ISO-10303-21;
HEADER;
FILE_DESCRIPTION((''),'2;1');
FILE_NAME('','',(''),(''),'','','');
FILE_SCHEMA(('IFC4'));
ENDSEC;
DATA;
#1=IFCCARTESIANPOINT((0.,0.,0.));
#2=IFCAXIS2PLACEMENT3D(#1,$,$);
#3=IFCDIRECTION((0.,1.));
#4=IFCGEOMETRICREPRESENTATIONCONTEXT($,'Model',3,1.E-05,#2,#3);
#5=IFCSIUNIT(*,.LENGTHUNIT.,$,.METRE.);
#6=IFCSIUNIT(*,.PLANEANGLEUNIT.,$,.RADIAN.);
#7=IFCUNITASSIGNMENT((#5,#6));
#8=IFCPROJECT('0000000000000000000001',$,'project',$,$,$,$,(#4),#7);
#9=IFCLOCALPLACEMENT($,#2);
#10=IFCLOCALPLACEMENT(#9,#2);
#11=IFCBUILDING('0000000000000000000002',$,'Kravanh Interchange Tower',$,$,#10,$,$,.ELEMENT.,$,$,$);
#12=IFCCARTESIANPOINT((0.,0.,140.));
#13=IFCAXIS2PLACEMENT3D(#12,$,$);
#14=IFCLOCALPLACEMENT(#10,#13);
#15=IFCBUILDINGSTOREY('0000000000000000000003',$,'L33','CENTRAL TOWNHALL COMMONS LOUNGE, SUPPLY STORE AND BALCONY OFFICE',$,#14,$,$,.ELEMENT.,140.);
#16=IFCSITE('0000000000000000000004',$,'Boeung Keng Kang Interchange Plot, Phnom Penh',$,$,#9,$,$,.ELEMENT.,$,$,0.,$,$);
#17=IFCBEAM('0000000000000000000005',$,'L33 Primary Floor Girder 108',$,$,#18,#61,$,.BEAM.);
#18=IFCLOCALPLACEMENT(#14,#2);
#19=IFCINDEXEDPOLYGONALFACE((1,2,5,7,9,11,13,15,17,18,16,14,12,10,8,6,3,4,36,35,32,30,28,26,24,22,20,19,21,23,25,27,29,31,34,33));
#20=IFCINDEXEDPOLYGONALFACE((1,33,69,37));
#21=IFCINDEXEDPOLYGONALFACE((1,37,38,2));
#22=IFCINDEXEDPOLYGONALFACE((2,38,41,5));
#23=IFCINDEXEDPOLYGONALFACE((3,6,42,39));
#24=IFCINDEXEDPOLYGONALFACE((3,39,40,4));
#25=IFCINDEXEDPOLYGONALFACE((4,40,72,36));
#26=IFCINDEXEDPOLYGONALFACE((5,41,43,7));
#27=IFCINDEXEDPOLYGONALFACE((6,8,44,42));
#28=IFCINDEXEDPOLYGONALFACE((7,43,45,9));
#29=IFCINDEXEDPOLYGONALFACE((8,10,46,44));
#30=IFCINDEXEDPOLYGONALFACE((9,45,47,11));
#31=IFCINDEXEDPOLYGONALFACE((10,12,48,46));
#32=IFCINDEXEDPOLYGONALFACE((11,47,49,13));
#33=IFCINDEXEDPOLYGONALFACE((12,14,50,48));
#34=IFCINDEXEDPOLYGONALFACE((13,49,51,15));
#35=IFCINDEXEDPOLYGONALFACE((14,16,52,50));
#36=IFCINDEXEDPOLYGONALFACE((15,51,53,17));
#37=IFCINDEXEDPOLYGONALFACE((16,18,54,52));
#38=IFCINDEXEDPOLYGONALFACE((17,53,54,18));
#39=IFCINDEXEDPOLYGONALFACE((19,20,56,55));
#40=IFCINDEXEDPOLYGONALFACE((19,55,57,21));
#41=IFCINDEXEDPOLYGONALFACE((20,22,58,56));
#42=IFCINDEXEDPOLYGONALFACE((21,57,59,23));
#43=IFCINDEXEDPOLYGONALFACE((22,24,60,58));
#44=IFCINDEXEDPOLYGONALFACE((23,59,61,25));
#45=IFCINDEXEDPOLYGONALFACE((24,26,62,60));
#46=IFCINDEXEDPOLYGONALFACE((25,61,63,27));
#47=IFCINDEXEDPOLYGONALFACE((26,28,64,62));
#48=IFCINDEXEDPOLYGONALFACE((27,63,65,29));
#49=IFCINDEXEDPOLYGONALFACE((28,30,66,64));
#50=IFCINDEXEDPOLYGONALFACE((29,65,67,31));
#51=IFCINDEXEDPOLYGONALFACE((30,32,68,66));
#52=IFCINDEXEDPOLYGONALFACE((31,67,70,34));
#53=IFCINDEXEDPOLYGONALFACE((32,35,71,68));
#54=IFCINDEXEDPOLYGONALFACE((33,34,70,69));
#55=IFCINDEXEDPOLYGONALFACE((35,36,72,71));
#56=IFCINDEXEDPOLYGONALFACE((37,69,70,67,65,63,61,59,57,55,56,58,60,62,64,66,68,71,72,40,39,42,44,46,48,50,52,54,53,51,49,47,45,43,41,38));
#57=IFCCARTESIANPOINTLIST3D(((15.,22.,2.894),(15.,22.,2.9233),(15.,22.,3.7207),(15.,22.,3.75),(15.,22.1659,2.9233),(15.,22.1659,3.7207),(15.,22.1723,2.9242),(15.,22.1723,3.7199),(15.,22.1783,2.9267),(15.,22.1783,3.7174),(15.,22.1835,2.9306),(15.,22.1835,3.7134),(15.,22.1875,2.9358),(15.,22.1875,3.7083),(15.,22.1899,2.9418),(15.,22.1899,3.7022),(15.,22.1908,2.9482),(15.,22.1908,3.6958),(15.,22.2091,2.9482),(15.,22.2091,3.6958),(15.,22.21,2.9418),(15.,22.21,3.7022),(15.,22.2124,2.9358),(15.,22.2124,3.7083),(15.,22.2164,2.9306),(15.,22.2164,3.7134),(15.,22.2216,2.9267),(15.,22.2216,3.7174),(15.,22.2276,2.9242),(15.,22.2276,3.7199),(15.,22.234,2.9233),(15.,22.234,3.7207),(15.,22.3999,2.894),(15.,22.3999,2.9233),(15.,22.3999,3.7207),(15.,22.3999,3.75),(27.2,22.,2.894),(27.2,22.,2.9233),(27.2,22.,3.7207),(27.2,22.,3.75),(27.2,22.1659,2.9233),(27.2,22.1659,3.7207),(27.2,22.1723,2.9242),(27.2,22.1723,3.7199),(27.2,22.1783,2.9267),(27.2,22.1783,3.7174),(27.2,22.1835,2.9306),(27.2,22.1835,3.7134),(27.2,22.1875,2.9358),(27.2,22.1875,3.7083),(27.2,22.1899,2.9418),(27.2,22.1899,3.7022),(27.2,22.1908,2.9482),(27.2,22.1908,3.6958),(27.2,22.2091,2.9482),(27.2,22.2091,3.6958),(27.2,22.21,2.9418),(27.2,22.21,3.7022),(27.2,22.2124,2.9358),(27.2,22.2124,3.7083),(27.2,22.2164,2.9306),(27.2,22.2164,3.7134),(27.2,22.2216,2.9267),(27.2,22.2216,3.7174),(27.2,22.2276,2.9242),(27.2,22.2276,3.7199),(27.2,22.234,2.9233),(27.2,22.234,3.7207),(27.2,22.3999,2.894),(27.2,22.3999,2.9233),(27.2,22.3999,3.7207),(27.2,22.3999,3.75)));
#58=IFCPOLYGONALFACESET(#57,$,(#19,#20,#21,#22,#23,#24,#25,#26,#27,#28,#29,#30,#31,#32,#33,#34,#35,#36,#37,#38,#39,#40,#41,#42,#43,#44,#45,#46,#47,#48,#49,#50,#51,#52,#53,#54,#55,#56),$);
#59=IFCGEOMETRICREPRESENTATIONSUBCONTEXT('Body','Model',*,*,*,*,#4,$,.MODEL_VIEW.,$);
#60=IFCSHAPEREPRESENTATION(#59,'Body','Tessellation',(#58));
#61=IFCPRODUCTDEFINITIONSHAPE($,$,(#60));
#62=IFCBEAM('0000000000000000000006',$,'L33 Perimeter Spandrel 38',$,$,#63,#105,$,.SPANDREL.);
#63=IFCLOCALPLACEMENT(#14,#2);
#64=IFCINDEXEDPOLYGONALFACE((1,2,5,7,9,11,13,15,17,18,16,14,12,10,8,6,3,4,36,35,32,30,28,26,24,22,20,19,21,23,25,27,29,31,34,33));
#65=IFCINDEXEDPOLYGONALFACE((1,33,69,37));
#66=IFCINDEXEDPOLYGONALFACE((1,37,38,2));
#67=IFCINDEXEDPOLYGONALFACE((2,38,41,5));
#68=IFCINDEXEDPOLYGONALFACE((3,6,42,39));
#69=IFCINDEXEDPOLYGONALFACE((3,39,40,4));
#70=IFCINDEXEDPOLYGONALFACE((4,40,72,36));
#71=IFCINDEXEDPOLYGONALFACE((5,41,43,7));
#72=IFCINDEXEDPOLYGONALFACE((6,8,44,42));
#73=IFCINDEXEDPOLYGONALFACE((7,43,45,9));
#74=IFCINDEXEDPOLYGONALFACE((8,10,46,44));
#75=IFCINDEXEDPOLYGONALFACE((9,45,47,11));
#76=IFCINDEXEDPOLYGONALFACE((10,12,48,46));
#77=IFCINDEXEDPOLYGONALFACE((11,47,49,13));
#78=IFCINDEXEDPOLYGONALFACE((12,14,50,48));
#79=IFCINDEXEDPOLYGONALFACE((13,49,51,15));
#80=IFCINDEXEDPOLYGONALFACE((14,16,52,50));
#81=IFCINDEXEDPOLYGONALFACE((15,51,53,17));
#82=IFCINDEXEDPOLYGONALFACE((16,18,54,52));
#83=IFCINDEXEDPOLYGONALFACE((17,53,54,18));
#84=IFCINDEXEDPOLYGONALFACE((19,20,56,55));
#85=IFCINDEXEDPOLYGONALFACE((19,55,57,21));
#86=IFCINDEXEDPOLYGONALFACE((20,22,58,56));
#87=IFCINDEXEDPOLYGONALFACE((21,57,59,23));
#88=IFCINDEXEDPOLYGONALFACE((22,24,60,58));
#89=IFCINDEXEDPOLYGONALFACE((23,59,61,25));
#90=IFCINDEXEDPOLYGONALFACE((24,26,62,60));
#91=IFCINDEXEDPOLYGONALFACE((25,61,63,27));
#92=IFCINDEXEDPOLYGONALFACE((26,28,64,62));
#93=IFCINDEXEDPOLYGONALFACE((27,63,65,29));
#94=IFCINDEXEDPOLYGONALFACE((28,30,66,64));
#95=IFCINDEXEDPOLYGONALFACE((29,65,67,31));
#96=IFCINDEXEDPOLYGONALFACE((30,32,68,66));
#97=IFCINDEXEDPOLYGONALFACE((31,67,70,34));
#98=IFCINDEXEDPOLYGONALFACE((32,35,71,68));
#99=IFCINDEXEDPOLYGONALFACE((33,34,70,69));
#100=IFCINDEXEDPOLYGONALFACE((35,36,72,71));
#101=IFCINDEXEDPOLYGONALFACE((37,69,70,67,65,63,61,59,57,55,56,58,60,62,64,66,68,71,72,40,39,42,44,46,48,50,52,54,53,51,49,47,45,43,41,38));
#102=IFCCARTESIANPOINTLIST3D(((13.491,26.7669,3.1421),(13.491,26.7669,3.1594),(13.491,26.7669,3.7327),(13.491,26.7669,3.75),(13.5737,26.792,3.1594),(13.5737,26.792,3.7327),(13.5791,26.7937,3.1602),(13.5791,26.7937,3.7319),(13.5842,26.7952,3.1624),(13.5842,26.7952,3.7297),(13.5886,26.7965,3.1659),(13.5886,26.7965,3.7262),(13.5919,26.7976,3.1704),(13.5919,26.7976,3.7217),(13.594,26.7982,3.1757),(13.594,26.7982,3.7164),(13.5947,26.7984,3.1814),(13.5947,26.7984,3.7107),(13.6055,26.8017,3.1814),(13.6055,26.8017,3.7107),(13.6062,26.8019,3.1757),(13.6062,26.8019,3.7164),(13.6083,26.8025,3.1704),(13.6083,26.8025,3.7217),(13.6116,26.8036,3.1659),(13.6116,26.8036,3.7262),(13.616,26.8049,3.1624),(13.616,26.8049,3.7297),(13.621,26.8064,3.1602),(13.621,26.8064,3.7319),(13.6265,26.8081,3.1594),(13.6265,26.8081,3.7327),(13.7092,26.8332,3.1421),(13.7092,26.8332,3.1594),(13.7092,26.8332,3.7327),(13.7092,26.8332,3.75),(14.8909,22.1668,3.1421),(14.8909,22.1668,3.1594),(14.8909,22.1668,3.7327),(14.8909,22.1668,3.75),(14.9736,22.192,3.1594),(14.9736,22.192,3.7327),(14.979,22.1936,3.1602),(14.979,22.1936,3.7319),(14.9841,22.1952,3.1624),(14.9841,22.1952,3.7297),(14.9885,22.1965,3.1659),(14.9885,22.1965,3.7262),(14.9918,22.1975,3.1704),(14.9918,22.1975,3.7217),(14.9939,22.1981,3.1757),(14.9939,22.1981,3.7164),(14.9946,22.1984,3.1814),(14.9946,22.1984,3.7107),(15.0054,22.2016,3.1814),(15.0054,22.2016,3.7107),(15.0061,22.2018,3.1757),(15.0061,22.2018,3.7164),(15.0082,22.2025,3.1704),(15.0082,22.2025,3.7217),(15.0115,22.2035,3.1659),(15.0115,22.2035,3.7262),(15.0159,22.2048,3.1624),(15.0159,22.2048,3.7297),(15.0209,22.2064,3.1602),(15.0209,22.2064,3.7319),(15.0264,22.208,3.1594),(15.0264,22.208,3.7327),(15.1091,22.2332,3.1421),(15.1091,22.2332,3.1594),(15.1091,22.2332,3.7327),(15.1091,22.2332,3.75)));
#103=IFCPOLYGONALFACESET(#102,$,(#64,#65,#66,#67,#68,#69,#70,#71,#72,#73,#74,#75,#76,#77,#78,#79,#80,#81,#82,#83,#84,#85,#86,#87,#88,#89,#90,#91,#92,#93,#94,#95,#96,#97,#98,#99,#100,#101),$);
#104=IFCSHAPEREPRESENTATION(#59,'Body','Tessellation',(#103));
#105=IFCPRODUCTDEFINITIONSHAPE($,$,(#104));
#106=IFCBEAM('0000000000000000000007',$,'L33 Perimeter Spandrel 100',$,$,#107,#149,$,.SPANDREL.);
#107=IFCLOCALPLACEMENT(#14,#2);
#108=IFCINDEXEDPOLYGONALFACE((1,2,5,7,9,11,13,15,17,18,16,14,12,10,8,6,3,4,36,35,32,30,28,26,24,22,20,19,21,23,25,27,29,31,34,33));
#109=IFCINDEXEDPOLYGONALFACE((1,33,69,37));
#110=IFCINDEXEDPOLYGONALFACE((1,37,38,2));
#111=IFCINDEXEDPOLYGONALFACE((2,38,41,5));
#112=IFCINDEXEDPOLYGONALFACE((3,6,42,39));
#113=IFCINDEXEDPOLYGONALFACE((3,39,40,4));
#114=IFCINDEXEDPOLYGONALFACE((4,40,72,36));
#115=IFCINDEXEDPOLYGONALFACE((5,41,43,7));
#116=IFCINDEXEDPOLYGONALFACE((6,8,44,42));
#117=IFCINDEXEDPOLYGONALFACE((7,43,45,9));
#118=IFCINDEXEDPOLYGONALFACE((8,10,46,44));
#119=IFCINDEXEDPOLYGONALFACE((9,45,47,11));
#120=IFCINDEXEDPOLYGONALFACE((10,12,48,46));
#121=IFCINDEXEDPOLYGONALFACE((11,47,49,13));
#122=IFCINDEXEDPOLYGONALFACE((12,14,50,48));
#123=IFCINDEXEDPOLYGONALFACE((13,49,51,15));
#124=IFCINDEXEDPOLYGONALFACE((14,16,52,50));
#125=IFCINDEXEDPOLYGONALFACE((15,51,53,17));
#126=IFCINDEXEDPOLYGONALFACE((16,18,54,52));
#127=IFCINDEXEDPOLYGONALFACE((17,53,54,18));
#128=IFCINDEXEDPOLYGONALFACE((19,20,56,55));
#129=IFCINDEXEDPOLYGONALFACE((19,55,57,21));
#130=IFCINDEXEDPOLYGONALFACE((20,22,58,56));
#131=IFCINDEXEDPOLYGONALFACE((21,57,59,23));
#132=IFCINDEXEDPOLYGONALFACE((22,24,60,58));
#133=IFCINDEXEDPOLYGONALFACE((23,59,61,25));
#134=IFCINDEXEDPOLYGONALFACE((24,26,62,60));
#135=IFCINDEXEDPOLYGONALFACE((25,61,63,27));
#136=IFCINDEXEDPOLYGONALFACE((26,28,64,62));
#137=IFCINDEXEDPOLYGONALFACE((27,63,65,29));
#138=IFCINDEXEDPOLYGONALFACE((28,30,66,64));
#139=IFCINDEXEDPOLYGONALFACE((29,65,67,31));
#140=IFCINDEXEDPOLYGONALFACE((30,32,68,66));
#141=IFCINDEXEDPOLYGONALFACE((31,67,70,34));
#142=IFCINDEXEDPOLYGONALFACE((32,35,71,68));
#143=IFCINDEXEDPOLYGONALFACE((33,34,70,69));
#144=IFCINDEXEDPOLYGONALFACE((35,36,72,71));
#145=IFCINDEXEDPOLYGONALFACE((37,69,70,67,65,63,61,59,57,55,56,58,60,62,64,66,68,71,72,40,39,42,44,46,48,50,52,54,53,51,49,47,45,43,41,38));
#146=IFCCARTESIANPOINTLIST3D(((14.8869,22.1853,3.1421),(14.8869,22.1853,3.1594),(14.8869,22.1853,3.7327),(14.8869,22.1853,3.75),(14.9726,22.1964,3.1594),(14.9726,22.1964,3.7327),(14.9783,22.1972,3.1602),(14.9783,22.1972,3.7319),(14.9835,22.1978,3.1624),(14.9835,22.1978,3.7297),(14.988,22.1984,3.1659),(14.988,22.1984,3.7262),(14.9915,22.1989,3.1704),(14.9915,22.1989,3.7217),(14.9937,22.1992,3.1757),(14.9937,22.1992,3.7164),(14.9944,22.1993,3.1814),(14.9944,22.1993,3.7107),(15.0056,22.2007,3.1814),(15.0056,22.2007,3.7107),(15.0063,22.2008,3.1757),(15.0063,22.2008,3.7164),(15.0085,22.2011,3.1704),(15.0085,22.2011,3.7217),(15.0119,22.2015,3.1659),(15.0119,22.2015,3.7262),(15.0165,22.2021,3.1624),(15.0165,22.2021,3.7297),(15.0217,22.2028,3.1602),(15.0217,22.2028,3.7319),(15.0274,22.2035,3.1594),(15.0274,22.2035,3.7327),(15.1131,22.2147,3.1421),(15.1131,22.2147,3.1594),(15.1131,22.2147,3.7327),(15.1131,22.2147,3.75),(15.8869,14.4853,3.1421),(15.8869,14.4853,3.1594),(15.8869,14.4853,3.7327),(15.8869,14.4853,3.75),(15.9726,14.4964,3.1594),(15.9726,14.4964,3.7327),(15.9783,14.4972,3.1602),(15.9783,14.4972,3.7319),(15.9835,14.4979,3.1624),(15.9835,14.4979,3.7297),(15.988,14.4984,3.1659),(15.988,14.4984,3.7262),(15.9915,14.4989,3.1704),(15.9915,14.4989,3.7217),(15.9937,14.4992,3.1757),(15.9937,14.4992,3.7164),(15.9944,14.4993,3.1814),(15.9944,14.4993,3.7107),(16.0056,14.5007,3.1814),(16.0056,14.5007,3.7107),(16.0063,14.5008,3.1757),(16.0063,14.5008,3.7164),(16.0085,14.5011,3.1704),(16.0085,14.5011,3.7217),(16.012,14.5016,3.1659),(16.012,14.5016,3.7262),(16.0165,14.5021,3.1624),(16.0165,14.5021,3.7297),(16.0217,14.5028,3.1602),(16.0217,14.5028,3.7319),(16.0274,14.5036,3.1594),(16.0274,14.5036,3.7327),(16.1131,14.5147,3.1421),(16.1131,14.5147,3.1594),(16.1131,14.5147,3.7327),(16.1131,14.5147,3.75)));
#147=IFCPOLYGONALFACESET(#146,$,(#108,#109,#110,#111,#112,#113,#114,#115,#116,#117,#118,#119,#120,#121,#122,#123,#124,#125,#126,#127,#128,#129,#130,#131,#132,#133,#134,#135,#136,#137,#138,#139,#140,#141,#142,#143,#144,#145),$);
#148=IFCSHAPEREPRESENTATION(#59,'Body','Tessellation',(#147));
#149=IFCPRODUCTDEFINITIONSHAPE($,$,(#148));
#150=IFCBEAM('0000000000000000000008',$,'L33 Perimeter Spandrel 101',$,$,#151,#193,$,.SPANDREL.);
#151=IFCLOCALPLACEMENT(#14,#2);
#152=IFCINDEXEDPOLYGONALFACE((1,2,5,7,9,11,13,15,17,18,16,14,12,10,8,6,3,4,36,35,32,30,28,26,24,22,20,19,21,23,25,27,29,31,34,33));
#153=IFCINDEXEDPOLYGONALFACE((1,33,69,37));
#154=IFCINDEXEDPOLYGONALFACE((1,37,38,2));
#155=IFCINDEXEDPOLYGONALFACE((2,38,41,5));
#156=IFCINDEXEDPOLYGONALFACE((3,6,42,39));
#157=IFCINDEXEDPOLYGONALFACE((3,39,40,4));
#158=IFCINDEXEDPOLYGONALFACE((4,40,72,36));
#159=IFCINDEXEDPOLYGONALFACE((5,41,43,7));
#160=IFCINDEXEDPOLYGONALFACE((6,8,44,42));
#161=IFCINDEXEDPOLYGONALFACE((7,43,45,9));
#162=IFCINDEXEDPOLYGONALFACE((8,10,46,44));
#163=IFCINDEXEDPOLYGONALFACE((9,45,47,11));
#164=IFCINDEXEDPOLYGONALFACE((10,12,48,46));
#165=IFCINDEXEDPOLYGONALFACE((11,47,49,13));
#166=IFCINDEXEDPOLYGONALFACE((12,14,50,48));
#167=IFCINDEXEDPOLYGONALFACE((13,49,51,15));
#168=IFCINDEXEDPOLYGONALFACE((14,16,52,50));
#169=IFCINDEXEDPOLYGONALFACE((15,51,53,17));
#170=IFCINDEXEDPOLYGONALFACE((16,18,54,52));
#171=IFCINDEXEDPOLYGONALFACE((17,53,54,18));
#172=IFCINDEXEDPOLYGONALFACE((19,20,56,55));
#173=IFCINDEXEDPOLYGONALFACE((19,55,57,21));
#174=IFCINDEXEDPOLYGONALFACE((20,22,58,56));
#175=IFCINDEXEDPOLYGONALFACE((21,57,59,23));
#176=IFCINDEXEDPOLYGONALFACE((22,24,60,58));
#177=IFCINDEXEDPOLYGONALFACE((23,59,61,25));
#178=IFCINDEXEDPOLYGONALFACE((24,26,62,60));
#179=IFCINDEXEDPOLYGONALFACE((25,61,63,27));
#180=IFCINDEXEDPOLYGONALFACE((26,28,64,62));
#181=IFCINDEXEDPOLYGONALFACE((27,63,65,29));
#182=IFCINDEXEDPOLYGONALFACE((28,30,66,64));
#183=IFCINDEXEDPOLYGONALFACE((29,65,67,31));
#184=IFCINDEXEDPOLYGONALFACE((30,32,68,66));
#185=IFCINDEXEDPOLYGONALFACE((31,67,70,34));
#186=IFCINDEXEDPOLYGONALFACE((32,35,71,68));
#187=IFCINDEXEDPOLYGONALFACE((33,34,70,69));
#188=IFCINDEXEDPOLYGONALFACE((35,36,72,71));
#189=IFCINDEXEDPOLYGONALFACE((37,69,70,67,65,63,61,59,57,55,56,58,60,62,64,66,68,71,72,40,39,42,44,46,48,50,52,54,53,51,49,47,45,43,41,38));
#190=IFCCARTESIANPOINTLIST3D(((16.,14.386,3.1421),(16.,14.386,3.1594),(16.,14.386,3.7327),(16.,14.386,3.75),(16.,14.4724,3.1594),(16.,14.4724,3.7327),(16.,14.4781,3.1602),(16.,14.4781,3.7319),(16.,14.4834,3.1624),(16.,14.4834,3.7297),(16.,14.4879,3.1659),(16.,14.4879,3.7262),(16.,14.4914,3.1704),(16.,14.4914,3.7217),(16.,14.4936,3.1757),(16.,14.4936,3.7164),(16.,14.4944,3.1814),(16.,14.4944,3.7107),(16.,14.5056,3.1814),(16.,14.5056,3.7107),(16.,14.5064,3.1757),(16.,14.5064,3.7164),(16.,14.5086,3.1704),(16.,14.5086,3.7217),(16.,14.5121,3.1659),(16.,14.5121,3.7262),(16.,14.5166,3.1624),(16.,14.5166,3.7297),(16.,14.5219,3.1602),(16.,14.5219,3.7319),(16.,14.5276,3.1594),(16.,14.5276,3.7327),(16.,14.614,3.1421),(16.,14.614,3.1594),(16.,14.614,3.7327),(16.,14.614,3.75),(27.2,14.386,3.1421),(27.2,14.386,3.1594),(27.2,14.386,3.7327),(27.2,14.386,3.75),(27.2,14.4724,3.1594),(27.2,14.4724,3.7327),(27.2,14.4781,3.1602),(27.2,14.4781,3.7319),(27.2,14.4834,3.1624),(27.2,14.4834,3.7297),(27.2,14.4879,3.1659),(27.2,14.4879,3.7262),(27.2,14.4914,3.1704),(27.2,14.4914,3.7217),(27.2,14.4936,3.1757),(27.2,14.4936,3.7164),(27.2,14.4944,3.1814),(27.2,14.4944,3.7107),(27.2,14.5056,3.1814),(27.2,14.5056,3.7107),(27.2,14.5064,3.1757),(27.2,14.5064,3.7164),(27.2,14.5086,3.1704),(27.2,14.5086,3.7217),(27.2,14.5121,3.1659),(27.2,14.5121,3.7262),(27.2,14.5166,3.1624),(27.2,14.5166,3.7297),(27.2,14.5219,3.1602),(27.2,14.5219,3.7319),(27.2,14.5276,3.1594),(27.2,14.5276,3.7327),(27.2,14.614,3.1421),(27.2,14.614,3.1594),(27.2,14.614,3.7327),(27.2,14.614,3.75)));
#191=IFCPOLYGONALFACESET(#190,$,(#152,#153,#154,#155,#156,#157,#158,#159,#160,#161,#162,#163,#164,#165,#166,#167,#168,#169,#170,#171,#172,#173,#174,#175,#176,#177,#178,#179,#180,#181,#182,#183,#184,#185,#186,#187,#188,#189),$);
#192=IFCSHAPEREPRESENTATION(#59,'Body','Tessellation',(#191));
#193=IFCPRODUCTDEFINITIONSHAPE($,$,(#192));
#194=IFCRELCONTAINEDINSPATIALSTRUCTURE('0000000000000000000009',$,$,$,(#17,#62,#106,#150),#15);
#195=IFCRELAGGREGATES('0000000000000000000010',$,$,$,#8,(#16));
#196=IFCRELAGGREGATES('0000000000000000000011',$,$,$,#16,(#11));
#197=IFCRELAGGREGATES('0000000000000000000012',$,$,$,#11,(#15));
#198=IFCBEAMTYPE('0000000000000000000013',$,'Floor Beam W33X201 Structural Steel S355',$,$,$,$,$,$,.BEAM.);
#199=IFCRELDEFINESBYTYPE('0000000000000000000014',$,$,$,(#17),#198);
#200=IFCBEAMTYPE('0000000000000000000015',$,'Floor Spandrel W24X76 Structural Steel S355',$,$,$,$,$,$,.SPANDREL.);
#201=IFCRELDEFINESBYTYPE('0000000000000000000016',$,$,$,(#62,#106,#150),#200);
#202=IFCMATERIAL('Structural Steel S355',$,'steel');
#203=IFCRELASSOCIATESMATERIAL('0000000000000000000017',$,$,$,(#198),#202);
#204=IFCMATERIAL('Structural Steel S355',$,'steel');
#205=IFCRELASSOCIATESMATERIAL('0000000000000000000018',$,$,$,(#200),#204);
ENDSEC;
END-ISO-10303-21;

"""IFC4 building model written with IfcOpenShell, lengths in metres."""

from ifc_helpers import new_model, si_unit, direction, frame, origin, origin_2d, place, context, subcontext, project, spatial, i_section, extrude, material, material_profile, profile_set, type_object, element, save


model = new_model("IFC4")

# Units and contexts
model_context = context("Model", 3, precision=1e-05, world=origin(), true_north=direction((0.0, 1.0)))
body_context = subcontext(model_context, "Body", "Model", "MODEL_VIEW")
ifc_project = project(units=[si_unit("LENGTHUNIT", "METRE"), si_unit("PLANEANGLEUNIT", "RADIAN")], contexts=[model_context])

# Site, building, storey
site_placement = place(None, origin())
site = spatial("IfcSite", under=ifc_project, at=site_placement, Name="Boeung Keng Kang Interchange Plot, Phnom Penh", CompositionType="ELEMENT", RefElevation=0.0)
building_placement = place(site_placement, origin())
building = spatial("IfcBuilding", under=site, at=building_placement, Name="Kravanh Interchange Tower", CompositionType="ELEMENT")
storey_placement = place(building_placement, frame((0.0, 0.0, 140.0)))
storey = spatial("IfcBuildingStorey", under=building, at=storey_placement, Name="L33", Description="CENTRAL TOWNHALL COMMONS LOUNGE, SUPPLY STORE AND BALCONY OFFICE", CompositionType="ELEMENT", Elevation=140.0)

# Beams
ifc_material_1 = material(Name="Structural Steel S355", Category="steel")
ifc_material_profile_1 = material_profile(ifc_material_1, i_section(OverallWidth=0.3999, OverallDepth=0.856, WebThickness=0.0183, FlangeThickness=0.0293, FilletRadius=0.0249, at=origin_2d()), Name="W33X201")
ifc_profile_set_1 = profile_set([ifc_material_profile_1], Name="Structural Steel S355")
beam_type_1 = type_object("IfcBeamType", Name="Floor Beam W33X201 Structural Steel S355", PredefinedType="BEAM", material=ifc_profile_set_1)
beam_1_placement = place(storey_placement, frame((15.0, 22.2, 3.322), z_axis=(1.0, 0.0, 0.0), x_axis=(0.0, 1.0, 0.0)))
element("IfcBeam", 1, at=beam_1_placement, inside=storey, type_object=beam_type_1, Name="L33 Primary Floor Girder 108", PredefinedType="BEAM", context=body_context, shape_type="SweptSolid", body=[
    extrude(i_section(OverallWidth=0.3999, OverallDepth=0.856, WebThickness=0.0183, FlangeThickness=0.0293, FilletRadius=0.0249, at=origin_2d()), origin(), (0.0, 0.0, 1.0), 12.2),
])
ifc_material_2 = material(Name="Structural Steel S355", Category="steel")
ifc_material_profile_2 = material_profile(ifc_material_2, i_section(OverallWidth=0.228, OverallDepth=0.6079, WebThickness=0.0112, FlangeThickness=0.0173, FilletRadius=0.022, at=origin_2d()), Name="W24X76")
ifc_profile_set_2 = profile_set([ifc_material_profile_2], Name="Structural Steel S355")
beam_type_2 = type_object("IfcBeamType", Name="Floor Spandrel W24X76 Structural Steel S355", PredefinedType="SPANDREL", material=ifc_profile_set_2)
beam_2_placement = place(storey_placement, frame((13.6001, 26.8, 3.446), z_axis=(0.291137, -0.956681, 0.0), x_axis=(0.956681, 0.291137, 0.0)))
element("IfcBeam", 2, at=beam_2_placement, inside=storey, type_object=beam_type_2, Name="L33 Perimeter Spandrel 38", PredefinedType="SPANDREL", context=body_context, shape_type="SweptSolid", body=[
    extrude(i_section(OverallWidth=0.228, OverallDepth=0.6079, WebThickness=0.0112, FlangeThickness=0.0173, FilletRadius=0.022, at=origin_2d()), origin(), (0.0, 0.0, 1.0), 4.8083),
])
beam_3_placement = place(storey_placement, frame((16.0, 14.5, 3.446), z_axis=(-0.128789, 0.991672, 0.0), x_axis=(-0.991672, -0.128789, 0.0)))
element("IfcBeam", 3, at=beam_3_placement, inside=storey, type_object=beam_type_2, Name="L33 Perimeter Spandrel 100", PredefinedType="SPANDREL", context=body_context, shape_type="SweptSolid", body=[
    extrude(i_section(OverallWidth=0.228, OverallDepth=0.6079, WebThickness=0.0112, FlangeThickness=0.0173, FilletRadius=0.022, at=origin_2d()), origin(), (0.0, 0.0, 1.0), 7.7646),
])
beam_4_placement = place(storey_placement, frame((16.0, 14.5, 3.446), z_axis=(1.0, 0.0, 0.0), x_axis=(0.0, 1.0, 0.0)))
element("IfcBeam", 4, at=beam_4_placement, inside=storey, type_object=beam_type_2, Name="L33 Perimeter Spandrel 101", PredefinedType="SPANDREL", context=body_context, shape_type="SweptSolid", body=[
    extrude(i_section(OverallWidth=0.228, OverallDepth=0.6079, WebThickness=0.0112, FlangeThickness=0.0173, FilletRadius=0.022, at=origin_2d()), origin(), (0.0, 0.0, 1.0), 11.2),
])

save(model, "model.ifc")
